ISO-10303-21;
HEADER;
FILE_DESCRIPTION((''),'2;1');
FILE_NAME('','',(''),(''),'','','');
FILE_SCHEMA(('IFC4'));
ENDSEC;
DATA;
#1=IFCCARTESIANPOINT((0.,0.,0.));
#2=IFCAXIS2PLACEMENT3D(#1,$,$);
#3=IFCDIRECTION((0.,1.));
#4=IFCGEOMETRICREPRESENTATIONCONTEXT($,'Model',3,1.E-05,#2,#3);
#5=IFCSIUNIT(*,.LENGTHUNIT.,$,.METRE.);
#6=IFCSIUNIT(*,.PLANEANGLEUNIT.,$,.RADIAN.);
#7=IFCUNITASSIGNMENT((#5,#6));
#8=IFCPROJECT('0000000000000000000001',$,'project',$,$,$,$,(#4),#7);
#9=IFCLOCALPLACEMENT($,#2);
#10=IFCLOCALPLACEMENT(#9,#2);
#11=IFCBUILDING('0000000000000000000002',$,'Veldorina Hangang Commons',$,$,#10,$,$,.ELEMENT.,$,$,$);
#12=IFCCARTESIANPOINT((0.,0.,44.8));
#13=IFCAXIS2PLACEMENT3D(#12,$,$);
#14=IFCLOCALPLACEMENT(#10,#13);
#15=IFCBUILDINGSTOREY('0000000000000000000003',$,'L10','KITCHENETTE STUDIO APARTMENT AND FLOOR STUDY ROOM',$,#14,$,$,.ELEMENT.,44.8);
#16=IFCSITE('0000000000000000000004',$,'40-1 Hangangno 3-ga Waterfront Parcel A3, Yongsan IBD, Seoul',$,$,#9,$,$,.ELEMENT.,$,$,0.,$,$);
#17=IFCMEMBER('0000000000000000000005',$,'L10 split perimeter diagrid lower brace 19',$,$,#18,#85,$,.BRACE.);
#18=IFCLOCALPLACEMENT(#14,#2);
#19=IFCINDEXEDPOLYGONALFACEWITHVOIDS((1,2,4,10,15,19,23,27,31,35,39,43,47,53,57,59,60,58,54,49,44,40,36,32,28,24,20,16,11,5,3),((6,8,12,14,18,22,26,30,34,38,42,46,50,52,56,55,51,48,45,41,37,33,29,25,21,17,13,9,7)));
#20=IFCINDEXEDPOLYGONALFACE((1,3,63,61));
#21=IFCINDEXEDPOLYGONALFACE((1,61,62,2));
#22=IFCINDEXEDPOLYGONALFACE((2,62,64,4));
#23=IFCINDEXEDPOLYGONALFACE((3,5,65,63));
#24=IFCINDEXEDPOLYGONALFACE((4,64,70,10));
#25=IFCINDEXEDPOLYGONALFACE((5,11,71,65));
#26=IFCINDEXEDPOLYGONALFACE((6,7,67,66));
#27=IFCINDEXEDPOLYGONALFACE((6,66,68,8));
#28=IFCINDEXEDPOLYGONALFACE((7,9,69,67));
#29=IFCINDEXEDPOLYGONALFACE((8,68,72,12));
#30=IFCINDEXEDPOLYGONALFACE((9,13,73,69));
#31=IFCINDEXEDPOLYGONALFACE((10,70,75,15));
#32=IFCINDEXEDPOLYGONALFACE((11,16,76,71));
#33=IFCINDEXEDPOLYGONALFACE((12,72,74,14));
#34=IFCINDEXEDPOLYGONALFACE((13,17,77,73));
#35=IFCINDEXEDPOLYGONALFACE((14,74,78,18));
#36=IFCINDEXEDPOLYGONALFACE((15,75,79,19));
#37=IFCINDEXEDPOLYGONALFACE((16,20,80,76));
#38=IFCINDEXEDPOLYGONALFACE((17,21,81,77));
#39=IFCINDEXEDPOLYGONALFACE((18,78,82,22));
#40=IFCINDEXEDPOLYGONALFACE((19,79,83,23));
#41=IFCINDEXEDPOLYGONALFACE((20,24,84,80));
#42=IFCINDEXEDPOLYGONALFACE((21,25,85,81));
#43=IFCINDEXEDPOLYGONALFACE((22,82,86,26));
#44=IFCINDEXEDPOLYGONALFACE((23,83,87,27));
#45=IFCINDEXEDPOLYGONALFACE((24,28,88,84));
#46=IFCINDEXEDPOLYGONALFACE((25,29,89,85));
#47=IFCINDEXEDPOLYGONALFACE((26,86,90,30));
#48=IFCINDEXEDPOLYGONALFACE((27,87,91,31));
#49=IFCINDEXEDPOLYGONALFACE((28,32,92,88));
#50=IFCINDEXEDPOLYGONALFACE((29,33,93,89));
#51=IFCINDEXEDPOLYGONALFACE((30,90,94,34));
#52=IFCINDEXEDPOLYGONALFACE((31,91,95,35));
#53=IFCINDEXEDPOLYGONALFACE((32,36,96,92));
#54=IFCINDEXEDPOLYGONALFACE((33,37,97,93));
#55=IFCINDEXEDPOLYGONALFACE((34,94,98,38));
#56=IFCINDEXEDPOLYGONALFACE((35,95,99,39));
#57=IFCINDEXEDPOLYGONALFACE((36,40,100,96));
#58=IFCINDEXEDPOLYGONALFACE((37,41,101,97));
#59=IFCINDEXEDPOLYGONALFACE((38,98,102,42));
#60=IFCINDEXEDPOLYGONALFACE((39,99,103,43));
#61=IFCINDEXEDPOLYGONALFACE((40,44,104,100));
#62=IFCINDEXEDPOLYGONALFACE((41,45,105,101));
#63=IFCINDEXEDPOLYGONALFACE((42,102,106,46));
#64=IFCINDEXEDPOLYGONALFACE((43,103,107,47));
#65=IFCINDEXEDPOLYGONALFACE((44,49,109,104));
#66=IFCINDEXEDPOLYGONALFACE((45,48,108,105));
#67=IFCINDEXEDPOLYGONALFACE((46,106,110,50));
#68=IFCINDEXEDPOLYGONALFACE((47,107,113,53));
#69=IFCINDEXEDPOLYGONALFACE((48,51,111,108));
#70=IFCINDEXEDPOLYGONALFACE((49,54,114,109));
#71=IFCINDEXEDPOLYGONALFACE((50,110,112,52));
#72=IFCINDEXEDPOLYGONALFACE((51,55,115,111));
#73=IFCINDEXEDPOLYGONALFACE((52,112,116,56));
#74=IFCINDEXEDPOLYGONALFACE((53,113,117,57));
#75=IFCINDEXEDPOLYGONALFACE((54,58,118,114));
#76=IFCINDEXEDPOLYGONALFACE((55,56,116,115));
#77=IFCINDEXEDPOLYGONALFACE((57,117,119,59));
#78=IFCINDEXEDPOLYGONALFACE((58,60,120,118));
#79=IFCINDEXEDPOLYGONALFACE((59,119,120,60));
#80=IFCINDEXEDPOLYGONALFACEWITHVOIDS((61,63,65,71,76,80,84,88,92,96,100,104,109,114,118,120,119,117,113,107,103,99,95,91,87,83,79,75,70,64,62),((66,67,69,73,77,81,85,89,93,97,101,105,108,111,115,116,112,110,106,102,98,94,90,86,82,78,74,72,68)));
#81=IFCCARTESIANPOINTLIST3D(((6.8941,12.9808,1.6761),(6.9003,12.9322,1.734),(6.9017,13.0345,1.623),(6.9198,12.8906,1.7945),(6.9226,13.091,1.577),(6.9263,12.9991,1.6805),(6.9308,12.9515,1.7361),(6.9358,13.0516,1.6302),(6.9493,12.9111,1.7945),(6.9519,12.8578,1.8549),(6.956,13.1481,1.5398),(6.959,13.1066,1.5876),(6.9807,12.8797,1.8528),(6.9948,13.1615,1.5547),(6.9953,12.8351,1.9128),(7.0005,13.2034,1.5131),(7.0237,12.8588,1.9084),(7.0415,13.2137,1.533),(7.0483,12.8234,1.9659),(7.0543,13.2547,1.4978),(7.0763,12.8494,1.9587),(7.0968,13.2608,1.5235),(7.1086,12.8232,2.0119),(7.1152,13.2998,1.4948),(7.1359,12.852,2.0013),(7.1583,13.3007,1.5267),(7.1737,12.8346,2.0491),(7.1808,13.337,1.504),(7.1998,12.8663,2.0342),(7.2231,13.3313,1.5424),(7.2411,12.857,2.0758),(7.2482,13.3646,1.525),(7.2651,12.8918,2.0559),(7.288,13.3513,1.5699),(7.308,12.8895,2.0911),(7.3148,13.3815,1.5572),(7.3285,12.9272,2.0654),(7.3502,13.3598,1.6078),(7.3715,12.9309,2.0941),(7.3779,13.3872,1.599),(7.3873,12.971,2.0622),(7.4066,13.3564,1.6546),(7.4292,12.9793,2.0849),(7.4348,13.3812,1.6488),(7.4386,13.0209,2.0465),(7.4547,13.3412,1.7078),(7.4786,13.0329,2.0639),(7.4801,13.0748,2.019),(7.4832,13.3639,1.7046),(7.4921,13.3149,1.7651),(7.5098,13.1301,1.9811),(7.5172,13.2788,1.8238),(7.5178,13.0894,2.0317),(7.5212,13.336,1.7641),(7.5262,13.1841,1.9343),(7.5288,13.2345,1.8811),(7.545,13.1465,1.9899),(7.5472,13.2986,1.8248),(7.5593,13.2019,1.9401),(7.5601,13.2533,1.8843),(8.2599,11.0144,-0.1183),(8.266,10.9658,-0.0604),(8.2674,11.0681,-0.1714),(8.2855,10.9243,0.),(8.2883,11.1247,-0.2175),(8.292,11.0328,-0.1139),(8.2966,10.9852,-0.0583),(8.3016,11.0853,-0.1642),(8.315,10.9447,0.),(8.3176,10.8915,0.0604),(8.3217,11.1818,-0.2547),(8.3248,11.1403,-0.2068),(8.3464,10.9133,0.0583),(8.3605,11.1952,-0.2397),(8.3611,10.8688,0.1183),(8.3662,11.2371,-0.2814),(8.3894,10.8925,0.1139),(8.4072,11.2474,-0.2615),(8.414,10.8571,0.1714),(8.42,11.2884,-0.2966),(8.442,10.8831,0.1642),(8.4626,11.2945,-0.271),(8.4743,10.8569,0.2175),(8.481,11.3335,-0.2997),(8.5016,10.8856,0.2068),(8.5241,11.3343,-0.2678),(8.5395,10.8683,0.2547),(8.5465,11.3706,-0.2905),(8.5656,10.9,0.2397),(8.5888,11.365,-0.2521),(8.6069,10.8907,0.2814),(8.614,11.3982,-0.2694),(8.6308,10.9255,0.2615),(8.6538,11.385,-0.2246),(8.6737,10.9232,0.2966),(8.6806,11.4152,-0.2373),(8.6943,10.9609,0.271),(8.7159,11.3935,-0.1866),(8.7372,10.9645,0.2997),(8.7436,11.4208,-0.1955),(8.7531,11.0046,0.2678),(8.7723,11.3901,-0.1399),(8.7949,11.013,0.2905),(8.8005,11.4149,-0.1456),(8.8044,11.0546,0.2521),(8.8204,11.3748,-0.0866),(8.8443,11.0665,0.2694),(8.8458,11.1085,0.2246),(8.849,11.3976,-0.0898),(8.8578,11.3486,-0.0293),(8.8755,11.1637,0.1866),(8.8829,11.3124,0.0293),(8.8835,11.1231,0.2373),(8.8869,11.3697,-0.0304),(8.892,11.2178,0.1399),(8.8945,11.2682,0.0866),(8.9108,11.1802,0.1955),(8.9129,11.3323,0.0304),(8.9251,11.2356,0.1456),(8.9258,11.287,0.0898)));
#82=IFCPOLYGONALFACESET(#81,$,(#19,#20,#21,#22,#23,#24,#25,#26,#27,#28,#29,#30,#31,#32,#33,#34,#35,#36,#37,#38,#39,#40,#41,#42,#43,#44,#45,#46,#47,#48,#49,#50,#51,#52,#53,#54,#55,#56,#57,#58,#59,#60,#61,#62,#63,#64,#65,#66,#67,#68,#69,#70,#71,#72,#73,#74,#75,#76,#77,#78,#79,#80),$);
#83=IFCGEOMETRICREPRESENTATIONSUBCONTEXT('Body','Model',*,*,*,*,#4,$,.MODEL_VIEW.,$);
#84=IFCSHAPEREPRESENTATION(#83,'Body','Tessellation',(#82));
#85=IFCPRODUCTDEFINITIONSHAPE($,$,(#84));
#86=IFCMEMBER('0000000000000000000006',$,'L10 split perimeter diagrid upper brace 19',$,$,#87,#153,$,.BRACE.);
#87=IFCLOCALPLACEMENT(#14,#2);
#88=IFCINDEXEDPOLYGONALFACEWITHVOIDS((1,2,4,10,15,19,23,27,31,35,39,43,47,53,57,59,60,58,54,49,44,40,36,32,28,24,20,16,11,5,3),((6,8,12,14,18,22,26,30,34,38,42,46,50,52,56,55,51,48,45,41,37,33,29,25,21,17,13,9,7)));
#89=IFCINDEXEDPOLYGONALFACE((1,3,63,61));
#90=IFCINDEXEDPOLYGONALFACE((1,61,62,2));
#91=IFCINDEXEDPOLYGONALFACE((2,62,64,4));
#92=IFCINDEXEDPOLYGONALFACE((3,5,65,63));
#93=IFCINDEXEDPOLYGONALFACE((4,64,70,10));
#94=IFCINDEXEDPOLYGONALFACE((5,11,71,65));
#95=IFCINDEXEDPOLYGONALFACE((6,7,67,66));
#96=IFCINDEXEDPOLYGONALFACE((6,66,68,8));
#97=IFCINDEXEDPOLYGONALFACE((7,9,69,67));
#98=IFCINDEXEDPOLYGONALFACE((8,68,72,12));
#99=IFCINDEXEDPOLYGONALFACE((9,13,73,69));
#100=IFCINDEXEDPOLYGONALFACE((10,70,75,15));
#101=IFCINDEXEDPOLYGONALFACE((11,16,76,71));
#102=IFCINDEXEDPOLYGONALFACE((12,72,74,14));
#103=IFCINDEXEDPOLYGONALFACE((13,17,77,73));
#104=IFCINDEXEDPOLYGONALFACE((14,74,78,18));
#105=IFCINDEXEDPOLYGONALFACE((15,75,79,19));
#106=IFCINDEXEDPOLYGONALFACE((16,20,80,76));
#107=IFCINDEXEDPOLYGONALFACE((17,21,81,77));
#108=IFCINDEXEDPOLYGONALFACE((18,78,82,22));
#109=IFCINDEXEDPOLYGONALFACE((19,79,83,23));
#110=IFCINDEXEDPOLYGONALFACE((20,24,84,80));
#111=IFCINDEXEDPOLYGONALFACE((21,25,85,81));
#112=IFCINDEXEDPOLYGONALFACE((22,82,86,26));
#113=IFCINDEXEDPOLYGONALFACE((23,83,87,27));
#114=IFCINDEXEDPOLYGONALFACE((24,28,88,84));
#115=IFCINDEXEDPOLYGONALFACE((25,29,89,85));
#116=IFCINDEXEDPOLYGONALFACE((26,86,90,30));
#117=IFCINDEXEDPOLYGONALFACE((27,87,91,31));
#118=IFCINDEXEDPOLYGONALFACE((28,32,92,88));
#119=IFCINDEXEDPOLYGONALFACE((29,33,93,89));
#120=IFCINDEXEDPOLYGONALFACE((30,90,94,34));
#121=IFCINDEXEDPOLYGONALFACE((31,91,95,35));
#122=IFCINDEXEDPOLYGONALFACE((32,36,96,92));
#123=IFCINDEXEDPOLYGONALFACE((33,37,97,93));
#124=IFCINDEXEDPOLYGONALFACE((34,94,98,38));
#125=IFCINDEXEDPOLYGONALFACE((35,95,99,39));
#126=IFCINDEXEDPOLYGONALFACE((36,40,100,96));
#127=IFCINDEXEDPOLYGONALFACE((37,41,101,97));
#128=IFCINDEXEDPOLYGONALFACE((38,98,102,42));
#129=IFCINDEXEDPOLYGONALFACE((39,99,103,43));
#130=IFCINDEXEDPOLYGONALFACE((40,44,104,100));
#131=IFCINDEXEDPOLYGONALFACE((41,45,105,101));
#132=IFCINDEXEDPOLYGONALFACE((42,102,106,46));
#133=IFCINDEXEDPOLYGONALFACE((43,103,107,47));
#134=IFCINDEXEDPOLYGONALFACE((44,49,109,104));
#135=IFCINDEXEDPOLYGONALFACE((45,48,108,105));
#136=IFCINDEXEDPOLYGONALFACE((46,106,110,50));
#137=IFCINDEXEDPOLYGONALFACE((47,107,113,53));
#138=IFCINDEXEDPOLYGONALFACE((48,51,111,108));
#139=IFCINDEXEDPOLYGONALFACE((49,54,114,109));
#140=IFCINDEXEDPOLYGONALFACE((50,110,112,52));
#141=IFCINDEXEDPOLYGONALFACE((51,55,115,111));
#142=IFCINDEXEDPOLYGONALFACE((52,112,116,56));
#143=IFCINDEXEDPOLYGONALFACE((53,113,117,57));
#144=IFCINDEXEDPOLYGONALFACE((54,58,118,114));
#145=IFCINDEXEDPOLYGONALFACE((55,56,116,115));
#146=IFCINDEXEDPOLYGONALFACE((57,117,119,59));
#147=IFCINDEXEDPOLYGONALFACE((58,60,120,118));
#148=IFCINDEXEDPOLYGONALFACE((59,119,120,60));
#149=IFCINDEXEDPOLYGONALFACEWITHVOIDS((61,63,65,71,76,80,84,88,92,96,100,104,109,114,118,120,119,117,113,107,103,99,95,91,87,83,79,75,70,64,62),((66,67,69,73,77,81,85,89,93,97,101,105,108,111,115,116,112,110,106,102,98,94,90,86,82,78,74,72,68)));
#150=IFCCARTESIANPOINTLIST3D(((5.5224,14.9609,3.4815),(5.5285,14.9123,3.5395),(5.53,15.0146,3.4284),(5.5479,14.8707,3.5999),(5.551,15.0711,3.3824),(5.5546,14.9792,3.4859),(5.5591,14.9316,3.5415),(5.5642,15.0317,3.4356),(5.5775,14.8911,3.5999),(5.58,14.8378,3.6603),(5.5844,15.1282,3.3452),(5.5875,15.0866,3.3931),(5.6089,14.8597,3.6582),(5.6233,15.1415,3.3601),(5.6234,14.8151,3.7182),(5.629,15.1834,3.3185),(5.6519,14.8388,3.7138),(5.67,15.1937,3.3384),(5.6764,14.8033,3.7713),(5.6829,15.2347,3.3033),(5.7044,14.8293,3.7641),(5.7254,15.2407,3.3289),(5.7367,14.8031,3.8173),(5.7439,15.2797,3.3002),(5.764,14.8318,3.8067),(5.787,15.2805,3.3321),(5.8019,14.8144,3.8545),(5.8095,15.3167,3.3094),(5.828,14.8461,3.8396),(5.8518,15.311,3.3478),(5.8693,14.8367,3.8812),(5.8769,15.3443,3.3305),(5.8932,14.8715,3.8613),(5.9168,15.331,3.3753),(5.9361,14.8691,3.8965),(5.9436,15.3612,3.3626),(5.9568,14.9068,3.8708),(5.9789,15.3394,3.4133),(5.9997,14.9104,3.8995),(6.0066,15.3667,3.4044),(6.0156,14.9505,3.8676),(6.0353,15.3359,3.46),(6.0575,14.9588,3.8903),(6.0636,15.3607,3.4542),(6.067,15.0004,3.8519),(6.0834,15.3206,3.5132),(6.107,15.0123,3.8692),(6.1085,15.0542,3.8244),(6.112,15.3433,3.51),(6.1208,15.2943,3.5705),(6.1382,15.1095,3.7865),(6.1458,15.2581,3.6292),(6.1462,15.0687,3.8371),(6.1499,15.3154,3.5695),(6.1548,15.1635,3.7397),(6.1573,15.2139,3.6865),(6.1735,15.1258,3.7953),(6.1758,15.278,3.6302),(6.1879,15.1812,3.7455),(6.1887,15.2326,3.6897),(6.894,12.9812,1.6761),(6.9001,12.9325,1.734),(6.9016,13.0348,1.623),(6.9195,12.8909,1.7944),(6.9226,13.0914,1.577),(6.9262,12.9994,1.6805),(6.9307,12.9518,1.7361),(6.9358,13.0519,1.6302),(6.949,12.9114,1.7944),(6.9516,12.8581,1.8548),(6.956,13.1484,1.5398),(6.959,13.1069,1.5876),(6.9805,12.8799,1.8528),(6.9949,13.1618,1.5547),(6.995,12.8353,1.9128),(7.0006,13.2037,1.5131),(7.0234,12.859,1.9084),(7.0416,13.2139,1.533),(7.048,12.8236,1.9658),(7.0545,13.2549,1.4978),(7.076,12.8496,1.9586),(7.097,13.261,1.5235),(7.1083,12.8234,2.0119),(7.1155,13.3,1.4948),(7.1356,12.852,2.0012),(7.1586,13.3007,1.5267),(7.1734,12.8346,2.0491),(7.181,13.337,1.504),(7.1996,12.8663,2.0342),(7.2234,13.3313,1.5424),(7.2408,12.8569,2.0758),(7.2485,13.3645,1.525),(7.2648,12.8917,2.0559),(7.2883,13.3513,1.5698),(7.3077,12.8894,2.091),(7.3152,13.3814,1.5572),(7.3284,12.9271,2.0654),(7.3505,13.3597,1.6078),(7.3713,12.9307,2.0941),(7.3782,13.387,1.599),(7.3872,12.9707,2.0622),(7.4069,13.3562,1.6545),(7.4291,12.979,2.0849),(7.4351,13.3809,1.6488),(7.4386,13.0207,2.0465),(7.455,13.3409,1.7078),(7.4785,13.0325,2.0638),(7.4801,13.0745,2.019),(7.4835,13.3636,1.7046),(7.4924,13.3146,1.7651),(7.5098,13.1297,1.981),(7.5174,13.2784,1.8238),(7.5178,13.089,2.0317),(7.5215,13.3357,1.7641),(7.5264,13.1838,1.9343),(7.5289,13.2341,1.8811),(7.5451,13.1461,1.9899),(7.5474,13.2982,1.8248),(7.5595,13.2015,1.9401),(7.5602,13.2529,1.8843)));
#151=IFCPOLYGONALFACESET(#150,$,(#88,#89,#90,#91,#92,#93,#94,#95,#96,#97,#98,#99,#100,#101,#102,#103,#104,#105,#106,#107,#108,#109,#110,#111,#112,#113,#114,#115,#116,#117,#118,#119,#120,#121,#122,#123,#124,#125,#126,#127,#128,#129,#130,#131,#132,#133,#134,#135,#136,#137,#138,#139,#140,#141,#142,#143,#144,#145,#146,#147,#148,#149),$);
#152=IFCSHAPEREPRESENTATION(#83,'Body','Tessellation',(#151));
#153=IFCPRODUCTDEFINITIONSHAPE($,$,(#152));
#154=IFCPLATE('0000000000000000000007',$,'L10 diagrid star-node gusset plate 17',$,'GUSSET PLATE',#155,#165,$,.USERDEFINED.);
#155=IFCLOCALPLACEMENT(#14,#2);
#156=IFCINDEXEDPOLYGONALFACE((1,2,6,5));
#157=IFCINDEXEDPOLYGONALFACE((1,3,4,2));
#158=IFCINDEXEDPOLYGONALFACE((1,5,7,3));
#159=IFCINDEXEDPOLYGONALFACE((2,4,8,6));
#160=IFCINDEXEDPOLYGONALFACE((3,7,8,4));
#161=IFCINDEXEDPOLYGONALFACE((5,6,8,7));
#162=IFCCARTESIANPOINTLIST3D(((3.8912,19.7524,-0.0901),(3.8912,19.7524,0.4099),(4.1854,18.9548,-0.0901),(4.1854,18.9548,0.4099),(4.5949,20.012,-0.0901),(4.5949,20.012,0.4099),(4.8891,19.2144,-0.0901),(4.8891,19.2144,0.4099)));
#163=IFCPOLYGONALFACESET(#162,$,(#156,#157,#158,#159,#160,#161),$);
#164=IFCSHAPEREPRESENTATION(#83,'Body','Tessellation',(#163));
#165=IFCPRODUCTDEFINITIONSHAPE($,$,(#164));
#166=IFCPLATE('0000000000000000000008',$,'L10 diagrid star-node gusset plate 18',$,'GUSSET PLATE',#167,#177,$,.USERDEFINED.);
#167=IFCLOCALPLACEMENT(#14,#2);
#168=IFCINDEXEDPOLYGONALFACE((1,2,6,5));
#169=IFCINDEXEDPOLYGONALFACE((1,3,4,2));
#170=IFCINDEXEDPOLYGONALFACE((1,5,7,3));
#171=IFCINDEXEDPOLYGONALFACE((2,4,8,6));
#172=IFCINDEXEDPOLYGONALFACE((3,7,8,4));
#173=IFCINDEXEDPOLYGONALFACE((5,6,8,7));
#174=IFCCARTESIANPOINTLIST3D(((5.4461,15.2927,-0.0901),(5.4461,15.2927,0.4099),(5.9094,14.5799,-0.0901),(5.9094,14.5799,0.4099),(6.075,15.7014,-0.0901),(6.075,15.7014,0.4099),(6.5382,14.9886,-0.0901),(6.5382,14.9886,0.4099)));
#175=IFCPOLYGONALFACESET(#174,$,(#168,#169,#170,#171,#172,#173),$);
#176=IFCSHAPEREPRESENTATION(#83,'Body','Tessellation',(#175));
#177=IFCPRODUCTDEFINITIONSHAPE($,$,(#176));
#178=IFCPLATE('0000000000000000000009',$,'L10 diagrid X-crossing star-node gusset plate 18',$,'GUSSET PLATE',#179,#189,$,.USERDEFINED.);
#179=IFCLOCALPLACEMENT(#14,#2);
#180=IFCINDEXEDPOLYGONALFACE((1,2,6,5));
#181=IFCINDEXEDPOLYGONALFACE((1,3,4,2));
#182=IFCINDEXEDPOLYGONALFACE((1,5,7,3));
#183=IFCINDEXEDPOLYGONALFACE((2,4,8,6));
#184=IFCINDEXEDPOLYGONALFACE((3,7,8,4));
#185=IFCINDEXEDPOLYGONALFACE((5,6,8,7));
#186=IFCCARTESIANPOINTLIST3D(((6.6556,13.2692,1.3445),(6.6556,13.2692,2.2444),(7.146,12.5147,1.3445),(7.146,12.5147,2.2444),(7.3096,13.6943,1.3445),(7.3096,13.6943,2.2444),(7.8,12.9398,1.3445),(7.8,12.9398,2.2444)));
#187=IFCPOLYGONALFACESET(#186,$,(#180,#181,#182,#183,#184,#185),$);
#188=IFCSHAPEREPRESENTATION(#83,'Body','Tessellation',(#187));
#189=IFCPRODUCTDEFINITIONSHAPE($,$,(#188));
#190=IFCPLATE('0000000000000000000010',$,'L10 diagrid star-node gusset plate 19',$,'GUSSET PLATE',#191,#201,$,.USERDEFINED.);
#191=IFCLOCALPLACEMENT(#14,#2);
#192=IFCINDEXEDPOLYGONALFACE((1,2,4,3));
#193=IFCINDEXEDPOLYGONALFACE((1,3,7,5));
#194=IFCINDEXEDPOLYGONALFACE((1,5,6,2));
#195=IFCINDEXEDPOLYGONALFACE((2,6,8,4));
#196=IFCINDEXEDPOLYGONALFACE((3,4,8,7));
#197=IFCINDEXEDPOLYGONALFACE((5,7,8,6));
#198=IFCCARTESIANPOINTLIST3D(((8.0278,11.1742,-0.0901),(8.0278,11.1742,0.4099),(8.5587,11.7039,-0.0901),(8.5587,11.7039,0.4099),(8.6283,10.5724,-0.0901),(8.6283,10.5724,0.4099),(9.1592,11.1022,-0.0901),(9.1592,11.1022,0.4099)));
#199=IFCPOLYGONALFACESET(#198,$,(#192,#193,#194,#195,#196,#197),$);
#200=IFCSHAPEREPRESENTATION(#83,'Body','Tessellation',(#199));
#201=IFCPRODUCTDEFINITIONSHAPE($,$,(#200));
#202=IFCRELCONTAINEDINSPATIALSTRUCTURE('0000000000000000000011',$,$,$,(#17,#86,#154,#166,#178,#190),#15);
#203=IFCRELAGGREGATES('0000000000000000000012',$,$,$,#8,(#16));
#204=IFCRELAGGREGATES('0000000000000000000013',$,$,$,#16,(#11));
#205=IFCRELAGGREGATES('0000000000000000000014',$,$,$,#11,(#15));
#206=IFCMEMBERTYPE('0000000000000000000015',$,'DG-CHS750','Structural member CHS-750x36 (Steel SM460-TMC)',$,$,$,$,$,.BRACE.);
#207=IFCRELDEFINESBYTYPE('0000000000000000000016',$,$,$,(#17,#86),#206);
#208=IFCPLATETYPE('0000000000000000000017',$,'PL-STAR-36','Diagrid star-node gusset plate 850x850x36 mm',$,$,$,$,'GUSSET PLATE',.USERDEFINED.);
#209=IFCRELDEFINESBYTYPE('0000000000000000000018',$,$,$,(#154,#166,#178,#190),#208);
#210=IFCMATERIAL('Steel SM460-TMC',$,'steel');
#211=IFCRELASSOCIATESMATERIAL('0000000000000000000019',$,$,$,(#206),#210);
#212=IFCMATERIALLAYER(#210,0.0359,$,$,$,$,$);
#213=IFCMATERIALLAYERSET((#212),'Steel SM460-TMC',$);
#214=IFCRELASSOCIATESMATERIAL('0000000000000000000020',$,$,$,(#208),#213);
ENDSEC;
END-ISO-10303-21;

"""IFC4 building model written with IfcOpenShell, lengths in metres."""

from ifc_helpers import new_model, si_unit, direction, frame, origin, origin_2d, place, context, subcontext, project, spatial, rectangle, hollow_circle, extrude, material, layer, layer_set, material_profile, profile_set, type_object, element, save


model = new_model("IFC4")

# Units and contexts
model_context = context("Model", 3, precision=1e-05, world=origin(), true_north=direction((0.0, 1.0)))
body_context = subcontext(model_context, "Body", "Model", "MODEL_VIEW")
ifc_project = project(units=[si_unit("LENGTHUNIT", "METRE"), si_unit("PLANEANGLEUNIT", "RADIAN")], contexts=[model_context])

# Site, building, storey
site_placement = place(None, origin())
site = spatial("IfcSite", under=ifc_project, at=site_placement, Name="40-1 Hangangno 3-ga Waterfront Parcel A3, Yongsan IBD, Seoul", CompositionType="ELEMENT", RefElevation=0.0)
building_placement = place(site_placement, origin())
building = spatial("IfcBuilding", under=site, at=building_placement, Name="Veldorina Hangang Commons", CompositionType="ELEMENT")
storey_placement = place(building_placement, frame((0.0, 0.0, 44.8)))
storey = spatial("IfcBuildingStorey", under=building, at=storey_placement, Name="L10", Description="KITCHENETTE STUDIO APARTMENT AND FLOOR STUDY ROOM", CompositionType="ELEMENT", Elevation=44.8)

# Shared definitions
ifc_material_1 = material(Name="Steel SM460-TMC", Category="steel")

# Members
ifc_material_profile_1 = material_profile(ifc_material_1, hollow_circle(Radius=0.375, WallThickness=0.0359, at=origin_2d()), Name="CHS-750x36")
ifc_profile_set_1 = profile_set([ifc_material_profile_1], Name="Steel SM460-TMC")
member_type_1 = type_object("IfcMemberType", Name="DG-CHS750", Description="Structural member CHS-750x36 (Steel SM460-TMC)", PredefinedType="BRACE", material=ifc_profile_set_1)
member_1_placement = place(storey_placement, frame((8.5935, 11.1382, 0.0), z_axis=(-0.456471, 0.657207, 0.599761), x_axis=(-0.821325, -0.570461, 0.0)))
element("IfcMember", 1, at=member_1_placement, inside=storey, type_object=member_type_1, Name="L10 split perimeter diagrid lower brace 19", PredefinedType="BRACE", context=body_context, shape_type="SweptSolid", body=[
    extrude(hollow_circle(Radius=0.375, WallThickness=0.0359, at=origin_2d()), origin(), (0.0, 0.0, 1.0), 2.9919),
])
member_2_placement = place(storey_placement, frame((7.2278, 13.1045, 1.7944), z_axis=(-0.455674, 0.657718, 0.599806), x_axis=(-0.821999, -0.569489, 0.0)))
element("IfcMember", 2, at=member_2_placement, inside=storey, type_object=member_type_1, Name="L10 split perimeter diagrid upper brace 19", PredefinedType="BRACE", context=body_context, shape_type="SweptSolid", body=[
    extrude(hollow_circle(Radius=0.375, WallThickness=0.0359, at=origin_2d()), origin(), (0.0, 0.0, 1.0), 3.01),
])

# Plates
ifc_layer_1 = layer(ifc_material_1, 0.0359)
ifc_layer_set_1 = layer_set([ifc_layer_1], Name="Steel SM460-TMC")
plate_type = type_object("IfcPlateType", Name="PL-STAR-36", Description="Diagrid star-node gusset plate 850x850x36 mm", ElementType="GUSSET PLATE", PredefinedType="USERDEFINED", material=ifc_layer_set_1)
for number, where, z_axis, x_axis, name in (
    (3, (4.3901, 19.4834, -0.0901), (0.0, 0.0, 1.0), (0.346084, -0.938203, 0.0), "L10 diagrid star-node gusset plate 17"),
    (4, (5.9922, 15.1406, -0.0901), (0.0, 0.0, 1.0), (0.544961, -0.838461, 0.0), "L10 diagrid star-node gusset plate 18"),
):
    element("IfcPlate", number, at=place(storey_placement, frame(where, z_axis=z_axis, x_axis=x_axis)), inside=storey, type_object=plate_type, Name=name, ObjectType="GUSSET PLATE", PredefinedType="USERDEFINED", context=body_context, shape_type="SweptSolid", body=[
        extrude(rectangle(XDim=0.8501, YDim=0.75, at=origin_2d()), origin(), (0.0, 0.0, 1.0), 0.5),
    ])
plate_1_placement = place(storey_placement, frame((7.2278, 13.1045, 1.3445), z_axis=(0.0, 0.0, 1.0), x_axis=(0.544961, -0.838461, 0.0)))
element("IfcPlate", 5, at=plate_1_placement, inside=storey, type_object=plate_type, Name="L10 diagrid X-crossing star-node gusset plate 18", ObjectType="GUSSET PLATE", PredefinedType="USERDEFINED", context=body_context, shape_type="SweptSolid", body=[
    extrude(rectangle(XDim=0.8999, YDim=0.78, at=origin_2d()), origin(), (0.0, 0.0, 1.0), 0.8999),
])
plate_2_placement = place(storey_placement, frame((8.5935, 11.1382, -0.0901), z_axis=(0.0, 0.0, 1.0), x_axis=(0.706366, -0.707847, 0.0)))
element("IfcPlate", 6, at=plate_2_placement, inside=storey, type_object=plate_type, Name="L10 diagrid star-node gusset plate 19", ObjectType="GUSSET PLATE", PredefinedType="USERDEFINED", context=body_context, shape_type="SweptSolid", body=[
    extrude(rectangle(XDim=0.8501, YDim=0.75, at=origin_2d()), origin(), (0.0, 0.0, 1.0), 0.5),
])

save(model, "model.ifc")
